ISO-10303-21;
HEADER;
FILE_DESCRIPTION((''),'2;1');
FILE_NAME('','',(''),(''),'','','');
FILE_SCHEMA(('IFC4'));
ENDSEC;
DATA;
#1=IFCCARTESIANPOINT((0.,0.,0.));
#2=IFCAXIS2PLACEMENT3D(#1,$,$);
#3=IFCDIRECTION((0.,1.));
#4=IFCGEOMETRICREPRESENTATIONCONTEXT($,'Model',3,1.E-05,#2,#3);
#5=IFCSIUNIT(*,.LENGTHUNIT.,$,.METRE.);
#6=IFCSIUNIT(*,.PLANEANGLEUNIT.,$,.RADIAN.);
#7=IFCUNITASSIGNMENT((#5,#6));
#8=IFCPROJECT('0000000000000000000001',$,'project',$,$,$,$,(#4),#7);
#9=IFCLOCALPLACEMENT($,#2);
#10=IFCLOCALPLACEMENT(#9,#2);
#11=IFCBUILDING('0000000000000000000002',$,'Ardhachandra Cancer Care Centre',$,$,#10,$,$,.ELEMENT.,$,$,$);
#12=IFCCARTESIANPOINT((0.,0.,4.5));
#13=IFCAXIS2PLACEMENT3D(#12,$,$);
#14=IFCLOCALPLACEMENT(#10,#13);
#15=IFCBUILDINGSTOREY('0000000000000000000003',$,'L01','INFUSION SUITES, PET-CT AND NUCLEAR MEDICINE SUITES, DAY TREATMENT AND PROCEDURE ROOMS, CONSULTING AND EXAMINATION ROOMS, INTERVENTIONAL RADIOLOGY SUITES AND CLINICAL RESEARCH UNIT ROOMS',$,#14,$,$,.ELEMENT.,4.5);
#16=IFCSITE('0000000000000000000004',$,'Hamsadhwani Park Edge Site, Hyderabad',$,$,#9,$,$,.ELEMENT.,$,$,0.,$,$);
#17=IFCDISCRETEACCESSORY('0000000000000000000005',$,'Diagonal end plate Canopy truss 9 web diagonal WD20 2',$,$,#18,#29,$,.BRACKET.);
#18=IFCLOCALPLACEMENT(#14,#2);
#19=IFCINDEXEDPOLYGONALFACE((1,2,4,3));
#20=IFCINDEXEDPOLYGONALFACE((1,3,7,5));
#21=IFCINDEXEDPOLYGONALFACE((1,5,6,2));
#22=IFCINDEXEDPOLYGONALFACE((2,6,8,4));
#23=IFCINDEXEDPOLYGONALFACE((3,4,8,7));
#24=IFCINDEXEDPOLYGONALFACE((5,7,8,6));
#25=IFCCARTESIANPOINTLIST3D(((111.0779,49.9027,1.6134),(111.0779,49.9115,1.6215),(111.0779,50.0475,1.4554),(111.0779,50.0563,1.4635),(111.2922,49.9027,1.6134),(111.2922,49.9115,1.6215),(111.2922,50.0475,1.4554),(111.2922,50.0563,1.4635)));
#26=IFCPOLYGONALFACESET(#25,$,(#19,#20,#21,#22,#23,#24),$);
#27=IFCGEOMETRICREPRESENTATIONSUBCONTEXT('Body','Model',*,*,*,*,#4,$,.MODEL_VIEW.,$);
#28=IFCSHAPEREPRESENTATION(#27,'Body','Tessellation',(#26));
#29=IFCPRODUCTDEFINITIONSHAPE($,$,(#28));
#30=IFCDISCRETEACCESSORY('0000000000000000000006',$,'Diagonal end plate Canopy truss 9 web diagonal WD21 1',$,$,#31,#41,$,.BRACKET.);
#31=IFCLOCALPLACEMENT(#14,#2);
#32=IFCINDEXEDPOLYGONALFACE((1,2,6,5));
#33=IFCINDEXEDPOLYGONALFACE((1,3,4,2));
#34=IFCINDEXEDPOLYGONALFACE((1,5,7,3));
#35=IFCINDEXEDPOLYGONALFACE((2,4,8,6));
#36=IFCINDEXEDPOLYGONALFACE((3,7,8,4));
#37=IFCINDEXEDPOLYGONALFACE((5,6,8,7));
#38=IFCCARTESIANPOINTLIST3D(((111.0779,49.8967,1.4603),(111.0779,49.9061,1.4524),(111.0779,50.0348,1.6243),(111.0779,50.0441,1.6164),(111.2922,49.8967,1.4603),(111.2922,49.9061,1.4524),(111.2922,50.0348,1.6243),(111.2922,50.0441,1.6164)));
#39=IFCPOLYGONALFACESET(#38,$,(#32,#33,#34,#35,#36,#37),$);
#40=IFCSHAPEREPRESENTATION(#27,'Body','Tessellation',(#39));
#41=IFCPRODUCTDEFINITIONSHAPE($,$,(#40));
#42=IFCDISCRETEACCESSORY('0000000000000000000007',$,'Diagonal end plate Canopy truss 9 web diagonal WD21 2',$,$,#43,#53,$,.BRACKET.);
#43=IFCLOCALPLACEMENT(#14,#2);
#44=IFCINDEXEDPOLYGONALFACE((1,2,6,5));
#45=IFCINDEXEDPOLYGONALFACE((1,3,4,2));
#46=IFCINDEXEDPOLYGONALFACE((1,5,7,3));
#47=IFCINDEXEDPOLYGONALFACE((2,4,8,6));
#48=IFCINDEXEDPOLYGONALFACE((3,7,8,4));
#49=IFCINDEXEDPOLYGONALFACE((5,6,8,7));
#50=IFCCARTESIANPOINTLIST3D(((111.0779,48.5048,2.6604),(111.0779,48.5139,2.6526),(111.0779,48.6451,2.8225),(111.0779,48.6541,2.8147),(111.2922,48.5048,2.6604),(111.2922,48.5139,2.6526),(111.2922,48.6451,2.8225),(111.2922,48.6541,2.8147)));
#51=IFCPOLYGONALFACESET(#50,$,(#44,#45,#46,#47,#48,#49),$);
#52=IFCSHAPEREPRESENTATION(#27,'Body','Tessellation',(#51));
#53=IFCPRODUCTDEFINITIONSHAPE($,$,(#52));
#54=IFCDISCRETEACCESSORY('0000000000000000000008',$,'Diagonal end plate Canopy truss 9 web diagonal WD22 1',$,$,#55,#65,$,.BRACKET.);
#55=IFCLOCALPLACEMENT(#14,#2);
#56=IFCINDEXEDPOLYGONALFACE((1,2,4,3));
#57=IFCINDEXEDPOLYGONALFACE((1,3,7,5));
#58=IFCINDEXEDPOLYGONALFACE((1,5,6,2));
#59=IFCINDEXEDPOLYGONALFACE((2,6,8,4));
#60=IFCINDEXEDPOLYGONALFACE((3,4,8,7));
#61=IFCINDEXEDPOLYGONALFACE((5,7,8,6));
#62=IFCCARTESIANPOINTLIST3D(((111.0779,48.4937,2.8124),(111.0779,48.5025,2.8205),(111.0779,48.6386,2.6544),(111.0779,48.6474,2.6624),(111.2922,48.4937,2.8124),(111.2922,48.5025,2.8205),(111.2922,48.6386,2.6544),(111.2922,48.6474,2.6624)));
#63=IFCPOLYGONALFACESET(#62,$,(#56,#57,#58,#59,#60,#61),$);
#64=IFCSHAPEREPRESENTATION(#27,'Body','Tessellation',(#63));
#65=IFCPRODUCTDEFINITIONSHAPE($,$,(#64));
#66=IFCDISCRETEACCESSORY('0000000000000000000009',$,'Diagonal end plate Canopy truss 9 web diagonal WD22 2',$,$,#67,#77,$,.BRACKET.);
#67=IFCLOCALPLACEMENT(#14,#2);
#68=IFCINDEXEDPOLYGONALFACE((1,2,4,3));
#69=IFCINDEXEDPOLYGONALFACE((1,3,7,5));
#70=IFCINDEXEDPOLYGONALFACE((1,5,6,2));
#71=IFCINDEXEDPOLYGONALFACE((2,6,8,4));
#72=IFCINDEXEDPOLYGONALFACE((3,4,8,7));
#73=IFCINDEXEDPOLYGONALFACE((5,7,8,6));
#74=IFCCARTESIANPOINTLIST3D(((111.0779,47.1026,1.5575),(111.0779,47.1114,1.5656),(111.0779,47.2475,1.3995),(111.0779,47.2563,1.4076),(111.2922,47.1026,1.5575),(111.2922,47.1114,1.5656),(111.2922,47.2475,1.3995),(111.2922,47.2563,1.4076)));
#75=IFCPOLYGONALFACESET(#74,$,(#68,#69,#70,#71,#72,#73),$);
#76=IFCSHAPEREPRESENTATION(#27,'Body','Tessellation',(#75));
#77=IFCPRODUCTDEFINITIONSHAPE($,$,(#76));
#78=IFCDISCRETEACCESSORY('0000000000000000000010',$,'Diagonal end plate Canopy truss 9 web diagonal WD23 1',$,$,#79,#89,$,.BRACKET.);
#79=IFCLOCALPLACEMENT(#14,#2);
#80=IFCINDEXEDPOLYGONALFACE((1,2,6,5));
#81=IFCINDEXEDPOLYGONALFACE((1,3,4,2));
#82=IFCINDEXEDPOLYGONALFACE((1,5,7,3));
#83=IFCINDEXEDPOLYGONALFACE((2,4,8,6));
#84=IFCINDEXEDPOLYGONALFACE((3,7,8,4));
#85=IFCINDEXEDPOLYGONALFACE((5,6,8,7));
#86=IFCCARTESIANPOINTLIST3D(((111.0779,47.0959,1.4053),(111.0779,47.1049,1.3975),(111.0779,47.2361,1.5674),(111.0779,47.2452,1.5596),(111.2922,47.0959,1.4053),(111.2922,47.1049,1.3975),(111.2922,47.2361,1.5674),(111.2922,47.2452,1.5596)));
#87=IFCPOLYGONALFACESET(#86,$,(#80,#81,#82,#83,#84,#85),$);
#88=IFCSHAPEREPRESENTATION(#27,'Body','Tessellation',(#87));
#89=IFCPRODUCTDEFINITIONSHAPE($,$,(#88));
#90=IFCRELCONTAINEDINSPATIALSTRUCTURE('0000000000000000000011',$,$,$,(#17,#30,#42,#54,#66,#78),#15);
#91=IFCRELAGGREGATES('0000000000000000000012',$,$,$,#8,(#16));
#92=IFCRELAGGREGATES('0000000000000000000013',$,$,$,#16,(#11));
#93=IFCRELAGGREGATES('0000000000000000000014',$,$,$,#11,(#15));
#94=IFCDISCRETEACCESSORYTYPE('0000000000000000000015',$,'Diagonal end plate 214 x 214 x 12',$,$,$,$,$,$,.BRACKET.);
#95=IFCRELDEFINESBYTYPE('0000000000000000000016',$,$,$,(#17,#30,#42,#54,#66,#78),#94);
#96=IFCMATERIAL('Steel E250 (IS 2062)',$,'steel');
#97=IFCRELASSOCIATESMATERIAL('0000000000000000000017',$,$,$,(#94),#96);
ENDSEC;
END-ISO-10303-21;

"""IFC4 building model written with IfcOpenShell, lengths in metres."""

from ifc_helpers import new_model, si_unit, direction, frame, origin, origin_2d, place, context, subcontext, project, spatial, rectangle, extrude, material, material_profile, profile_set, type_object, element, save


model = new_model("IFC4")

# Units and contexts
model_context = context("Model", 3, precision=1e-05, world=origin(), true_north=direction((0.0, 1.0)))
body_context = subcontext(model_context, "Body", "Model", "MODEL_VIEW")
ifc_project = project(units=[si_unit("LENGTHUNIT", "METRE"), si_unit("PLANEANGLEUNIT", "RADIAN")], contexts=[model_context])

# Site, building, storey
site_placement = place(None, origin())
site = spatial("IfcSite", under=ifc_project, at=site_placement, Name="Hamsadhwani Park Edge Site, Hyderabad", CompositionType="ELEMENT", RefElevation=0.0)
building_placement = place(site_placement, origin())
building = spatial("IfcBuilding", under=site, at=building_placement, Name="Ardhachandra Cancer Care Centre", CompositionType="ELEMENT")
storey_placement = place(building_placement, frame((0.0, 0.0, 4.5)))
storey = spatial("IfcBuildingStorey", under=building, at=storey_placement, Name="L01", Description="INFUSION SUITES, PET-CT AND NUCLEAR MEDICINE SUITES, DAY TREATMENT AND PROCEDURE ROOMS, CONSULTING AND EXAMINATION ROOMS, INTERVENTIONAL RADIOLOGY SUITES AND CLINICAL RESEARCH UNIT ROOMS", CompositionType="ELEMENT", Elevation=4.5)

# Discrete accessories
ifc_material_1 = material(Name="Steel E250 (IS 2062)", Category="steel")
ifc_material_profile_1 = material_profile(ifc_material_1, rectangle(XDim=0.2144, YDim=0.2144, at=origin_2d()), Name="PL 214x214x12")
ifc_profile_set_1 = profile_set([ifc_material_profile_1], Name="Steel E250 (IS 2062)")
discrete_accessory_type_1 = type_object("IfcDiscreteAccessoryType", Name="Diagonal end plate 214 x 214 x 12", PredefinedType="BRACKET", material=ifc_profile_set_1)
discrete_accessory_1_placement = place(storey_placement, frame((111.1851, 49.9751, 1.5344), z_axis=(0.0, 0.737154, 0.675725), x_axis=(-1.0, 0.0, 0.0)))
element("IfcDiscreteAccessory", 1, at=discrete_accessory_1_placement, inside=storey, type_object=discrete_accessory_type_1, Name="Diagonal end plate Canopy truss 9 web diagonal WD20 2", PredefinedType="BRACKET", context=body_context, shape_type="SweptSolid", body=[
    extrude(rectangle(XDim=0.2144, YDim=0.2144, at=origin_2d()), origin(), (0.0, 0.0, 1.0), 0.012),
])
discrete_accessory_2_placement = place(storey_placement, frame((111.1851, 49.9751, 1.5344), z_axis=(0.0, -0.764911, 0.644136), x_axis=(1.0, 0.0, 0.0)))
element("IfcDiscreteAccessory", 2, at=discrete_accessory_2_placement, inside=storey, type_object=discrete_accessory_type_1, Name="Diagonal end plate Canopy truss 9 web diagonal WD21 1", PredefinedType="BRACKET", context=body_context, shape_type="SweptSolid", body=[
    extrude(rectangle(XDim=0.2144, YDim=0.2144, at=origin_2d()), origin(), (0.0, 0.0, 1.0), 0.0122),
])
for number, where, z_axis, x_axis, name in (
    (3, (111.1851, 48.575, 2.7415), (0.0, 0.756363, -0.654152), (-1.0, 0.0, 0.0), "Diagonal end plate Canopy truss 9 web diagonal WD21 2"),
    (4, (111.1851, 48.575, 2.7415), (0.0, -0.737154, -0.675725), (1.0, 0.0, 0.0), "Diagonal end plate Canopy truss 9 web diagonal WD22 1"),
    (5, (111.1851, 47.175, 1.4785), (0.0, 0.737154, 0.675725), (-1.0, 0.0, 0.0), "Diagonal end plate Canopy truss 9 web diagonal WD22 2"),
    (6, (111.1851, 47.175, 1.4785), (0.0, -0.756363, 0.654152), (1.0, 0.0, 0.0), "Diagonal end plate Canopy truss 9 web diagonal WD23 1"),
):
    element("IfcDiscreteAccessory", number, at=place(storey_placement, frame(where, z_axis=z_axis, x_axis=x_axis)), inside=storey, type_object=discrete_accessory_type_1, Name=name, PredefinedType="BRACKET", context=body_context, shape_type="SweptSolid", body=[
        extrude(rectangle(XDim=0.2144, YDim=0.2144, at=origin_2d()), origin(), (0.0, 0.0, 1.0), 0.012),
    ])

save(model, "model.ifc")
